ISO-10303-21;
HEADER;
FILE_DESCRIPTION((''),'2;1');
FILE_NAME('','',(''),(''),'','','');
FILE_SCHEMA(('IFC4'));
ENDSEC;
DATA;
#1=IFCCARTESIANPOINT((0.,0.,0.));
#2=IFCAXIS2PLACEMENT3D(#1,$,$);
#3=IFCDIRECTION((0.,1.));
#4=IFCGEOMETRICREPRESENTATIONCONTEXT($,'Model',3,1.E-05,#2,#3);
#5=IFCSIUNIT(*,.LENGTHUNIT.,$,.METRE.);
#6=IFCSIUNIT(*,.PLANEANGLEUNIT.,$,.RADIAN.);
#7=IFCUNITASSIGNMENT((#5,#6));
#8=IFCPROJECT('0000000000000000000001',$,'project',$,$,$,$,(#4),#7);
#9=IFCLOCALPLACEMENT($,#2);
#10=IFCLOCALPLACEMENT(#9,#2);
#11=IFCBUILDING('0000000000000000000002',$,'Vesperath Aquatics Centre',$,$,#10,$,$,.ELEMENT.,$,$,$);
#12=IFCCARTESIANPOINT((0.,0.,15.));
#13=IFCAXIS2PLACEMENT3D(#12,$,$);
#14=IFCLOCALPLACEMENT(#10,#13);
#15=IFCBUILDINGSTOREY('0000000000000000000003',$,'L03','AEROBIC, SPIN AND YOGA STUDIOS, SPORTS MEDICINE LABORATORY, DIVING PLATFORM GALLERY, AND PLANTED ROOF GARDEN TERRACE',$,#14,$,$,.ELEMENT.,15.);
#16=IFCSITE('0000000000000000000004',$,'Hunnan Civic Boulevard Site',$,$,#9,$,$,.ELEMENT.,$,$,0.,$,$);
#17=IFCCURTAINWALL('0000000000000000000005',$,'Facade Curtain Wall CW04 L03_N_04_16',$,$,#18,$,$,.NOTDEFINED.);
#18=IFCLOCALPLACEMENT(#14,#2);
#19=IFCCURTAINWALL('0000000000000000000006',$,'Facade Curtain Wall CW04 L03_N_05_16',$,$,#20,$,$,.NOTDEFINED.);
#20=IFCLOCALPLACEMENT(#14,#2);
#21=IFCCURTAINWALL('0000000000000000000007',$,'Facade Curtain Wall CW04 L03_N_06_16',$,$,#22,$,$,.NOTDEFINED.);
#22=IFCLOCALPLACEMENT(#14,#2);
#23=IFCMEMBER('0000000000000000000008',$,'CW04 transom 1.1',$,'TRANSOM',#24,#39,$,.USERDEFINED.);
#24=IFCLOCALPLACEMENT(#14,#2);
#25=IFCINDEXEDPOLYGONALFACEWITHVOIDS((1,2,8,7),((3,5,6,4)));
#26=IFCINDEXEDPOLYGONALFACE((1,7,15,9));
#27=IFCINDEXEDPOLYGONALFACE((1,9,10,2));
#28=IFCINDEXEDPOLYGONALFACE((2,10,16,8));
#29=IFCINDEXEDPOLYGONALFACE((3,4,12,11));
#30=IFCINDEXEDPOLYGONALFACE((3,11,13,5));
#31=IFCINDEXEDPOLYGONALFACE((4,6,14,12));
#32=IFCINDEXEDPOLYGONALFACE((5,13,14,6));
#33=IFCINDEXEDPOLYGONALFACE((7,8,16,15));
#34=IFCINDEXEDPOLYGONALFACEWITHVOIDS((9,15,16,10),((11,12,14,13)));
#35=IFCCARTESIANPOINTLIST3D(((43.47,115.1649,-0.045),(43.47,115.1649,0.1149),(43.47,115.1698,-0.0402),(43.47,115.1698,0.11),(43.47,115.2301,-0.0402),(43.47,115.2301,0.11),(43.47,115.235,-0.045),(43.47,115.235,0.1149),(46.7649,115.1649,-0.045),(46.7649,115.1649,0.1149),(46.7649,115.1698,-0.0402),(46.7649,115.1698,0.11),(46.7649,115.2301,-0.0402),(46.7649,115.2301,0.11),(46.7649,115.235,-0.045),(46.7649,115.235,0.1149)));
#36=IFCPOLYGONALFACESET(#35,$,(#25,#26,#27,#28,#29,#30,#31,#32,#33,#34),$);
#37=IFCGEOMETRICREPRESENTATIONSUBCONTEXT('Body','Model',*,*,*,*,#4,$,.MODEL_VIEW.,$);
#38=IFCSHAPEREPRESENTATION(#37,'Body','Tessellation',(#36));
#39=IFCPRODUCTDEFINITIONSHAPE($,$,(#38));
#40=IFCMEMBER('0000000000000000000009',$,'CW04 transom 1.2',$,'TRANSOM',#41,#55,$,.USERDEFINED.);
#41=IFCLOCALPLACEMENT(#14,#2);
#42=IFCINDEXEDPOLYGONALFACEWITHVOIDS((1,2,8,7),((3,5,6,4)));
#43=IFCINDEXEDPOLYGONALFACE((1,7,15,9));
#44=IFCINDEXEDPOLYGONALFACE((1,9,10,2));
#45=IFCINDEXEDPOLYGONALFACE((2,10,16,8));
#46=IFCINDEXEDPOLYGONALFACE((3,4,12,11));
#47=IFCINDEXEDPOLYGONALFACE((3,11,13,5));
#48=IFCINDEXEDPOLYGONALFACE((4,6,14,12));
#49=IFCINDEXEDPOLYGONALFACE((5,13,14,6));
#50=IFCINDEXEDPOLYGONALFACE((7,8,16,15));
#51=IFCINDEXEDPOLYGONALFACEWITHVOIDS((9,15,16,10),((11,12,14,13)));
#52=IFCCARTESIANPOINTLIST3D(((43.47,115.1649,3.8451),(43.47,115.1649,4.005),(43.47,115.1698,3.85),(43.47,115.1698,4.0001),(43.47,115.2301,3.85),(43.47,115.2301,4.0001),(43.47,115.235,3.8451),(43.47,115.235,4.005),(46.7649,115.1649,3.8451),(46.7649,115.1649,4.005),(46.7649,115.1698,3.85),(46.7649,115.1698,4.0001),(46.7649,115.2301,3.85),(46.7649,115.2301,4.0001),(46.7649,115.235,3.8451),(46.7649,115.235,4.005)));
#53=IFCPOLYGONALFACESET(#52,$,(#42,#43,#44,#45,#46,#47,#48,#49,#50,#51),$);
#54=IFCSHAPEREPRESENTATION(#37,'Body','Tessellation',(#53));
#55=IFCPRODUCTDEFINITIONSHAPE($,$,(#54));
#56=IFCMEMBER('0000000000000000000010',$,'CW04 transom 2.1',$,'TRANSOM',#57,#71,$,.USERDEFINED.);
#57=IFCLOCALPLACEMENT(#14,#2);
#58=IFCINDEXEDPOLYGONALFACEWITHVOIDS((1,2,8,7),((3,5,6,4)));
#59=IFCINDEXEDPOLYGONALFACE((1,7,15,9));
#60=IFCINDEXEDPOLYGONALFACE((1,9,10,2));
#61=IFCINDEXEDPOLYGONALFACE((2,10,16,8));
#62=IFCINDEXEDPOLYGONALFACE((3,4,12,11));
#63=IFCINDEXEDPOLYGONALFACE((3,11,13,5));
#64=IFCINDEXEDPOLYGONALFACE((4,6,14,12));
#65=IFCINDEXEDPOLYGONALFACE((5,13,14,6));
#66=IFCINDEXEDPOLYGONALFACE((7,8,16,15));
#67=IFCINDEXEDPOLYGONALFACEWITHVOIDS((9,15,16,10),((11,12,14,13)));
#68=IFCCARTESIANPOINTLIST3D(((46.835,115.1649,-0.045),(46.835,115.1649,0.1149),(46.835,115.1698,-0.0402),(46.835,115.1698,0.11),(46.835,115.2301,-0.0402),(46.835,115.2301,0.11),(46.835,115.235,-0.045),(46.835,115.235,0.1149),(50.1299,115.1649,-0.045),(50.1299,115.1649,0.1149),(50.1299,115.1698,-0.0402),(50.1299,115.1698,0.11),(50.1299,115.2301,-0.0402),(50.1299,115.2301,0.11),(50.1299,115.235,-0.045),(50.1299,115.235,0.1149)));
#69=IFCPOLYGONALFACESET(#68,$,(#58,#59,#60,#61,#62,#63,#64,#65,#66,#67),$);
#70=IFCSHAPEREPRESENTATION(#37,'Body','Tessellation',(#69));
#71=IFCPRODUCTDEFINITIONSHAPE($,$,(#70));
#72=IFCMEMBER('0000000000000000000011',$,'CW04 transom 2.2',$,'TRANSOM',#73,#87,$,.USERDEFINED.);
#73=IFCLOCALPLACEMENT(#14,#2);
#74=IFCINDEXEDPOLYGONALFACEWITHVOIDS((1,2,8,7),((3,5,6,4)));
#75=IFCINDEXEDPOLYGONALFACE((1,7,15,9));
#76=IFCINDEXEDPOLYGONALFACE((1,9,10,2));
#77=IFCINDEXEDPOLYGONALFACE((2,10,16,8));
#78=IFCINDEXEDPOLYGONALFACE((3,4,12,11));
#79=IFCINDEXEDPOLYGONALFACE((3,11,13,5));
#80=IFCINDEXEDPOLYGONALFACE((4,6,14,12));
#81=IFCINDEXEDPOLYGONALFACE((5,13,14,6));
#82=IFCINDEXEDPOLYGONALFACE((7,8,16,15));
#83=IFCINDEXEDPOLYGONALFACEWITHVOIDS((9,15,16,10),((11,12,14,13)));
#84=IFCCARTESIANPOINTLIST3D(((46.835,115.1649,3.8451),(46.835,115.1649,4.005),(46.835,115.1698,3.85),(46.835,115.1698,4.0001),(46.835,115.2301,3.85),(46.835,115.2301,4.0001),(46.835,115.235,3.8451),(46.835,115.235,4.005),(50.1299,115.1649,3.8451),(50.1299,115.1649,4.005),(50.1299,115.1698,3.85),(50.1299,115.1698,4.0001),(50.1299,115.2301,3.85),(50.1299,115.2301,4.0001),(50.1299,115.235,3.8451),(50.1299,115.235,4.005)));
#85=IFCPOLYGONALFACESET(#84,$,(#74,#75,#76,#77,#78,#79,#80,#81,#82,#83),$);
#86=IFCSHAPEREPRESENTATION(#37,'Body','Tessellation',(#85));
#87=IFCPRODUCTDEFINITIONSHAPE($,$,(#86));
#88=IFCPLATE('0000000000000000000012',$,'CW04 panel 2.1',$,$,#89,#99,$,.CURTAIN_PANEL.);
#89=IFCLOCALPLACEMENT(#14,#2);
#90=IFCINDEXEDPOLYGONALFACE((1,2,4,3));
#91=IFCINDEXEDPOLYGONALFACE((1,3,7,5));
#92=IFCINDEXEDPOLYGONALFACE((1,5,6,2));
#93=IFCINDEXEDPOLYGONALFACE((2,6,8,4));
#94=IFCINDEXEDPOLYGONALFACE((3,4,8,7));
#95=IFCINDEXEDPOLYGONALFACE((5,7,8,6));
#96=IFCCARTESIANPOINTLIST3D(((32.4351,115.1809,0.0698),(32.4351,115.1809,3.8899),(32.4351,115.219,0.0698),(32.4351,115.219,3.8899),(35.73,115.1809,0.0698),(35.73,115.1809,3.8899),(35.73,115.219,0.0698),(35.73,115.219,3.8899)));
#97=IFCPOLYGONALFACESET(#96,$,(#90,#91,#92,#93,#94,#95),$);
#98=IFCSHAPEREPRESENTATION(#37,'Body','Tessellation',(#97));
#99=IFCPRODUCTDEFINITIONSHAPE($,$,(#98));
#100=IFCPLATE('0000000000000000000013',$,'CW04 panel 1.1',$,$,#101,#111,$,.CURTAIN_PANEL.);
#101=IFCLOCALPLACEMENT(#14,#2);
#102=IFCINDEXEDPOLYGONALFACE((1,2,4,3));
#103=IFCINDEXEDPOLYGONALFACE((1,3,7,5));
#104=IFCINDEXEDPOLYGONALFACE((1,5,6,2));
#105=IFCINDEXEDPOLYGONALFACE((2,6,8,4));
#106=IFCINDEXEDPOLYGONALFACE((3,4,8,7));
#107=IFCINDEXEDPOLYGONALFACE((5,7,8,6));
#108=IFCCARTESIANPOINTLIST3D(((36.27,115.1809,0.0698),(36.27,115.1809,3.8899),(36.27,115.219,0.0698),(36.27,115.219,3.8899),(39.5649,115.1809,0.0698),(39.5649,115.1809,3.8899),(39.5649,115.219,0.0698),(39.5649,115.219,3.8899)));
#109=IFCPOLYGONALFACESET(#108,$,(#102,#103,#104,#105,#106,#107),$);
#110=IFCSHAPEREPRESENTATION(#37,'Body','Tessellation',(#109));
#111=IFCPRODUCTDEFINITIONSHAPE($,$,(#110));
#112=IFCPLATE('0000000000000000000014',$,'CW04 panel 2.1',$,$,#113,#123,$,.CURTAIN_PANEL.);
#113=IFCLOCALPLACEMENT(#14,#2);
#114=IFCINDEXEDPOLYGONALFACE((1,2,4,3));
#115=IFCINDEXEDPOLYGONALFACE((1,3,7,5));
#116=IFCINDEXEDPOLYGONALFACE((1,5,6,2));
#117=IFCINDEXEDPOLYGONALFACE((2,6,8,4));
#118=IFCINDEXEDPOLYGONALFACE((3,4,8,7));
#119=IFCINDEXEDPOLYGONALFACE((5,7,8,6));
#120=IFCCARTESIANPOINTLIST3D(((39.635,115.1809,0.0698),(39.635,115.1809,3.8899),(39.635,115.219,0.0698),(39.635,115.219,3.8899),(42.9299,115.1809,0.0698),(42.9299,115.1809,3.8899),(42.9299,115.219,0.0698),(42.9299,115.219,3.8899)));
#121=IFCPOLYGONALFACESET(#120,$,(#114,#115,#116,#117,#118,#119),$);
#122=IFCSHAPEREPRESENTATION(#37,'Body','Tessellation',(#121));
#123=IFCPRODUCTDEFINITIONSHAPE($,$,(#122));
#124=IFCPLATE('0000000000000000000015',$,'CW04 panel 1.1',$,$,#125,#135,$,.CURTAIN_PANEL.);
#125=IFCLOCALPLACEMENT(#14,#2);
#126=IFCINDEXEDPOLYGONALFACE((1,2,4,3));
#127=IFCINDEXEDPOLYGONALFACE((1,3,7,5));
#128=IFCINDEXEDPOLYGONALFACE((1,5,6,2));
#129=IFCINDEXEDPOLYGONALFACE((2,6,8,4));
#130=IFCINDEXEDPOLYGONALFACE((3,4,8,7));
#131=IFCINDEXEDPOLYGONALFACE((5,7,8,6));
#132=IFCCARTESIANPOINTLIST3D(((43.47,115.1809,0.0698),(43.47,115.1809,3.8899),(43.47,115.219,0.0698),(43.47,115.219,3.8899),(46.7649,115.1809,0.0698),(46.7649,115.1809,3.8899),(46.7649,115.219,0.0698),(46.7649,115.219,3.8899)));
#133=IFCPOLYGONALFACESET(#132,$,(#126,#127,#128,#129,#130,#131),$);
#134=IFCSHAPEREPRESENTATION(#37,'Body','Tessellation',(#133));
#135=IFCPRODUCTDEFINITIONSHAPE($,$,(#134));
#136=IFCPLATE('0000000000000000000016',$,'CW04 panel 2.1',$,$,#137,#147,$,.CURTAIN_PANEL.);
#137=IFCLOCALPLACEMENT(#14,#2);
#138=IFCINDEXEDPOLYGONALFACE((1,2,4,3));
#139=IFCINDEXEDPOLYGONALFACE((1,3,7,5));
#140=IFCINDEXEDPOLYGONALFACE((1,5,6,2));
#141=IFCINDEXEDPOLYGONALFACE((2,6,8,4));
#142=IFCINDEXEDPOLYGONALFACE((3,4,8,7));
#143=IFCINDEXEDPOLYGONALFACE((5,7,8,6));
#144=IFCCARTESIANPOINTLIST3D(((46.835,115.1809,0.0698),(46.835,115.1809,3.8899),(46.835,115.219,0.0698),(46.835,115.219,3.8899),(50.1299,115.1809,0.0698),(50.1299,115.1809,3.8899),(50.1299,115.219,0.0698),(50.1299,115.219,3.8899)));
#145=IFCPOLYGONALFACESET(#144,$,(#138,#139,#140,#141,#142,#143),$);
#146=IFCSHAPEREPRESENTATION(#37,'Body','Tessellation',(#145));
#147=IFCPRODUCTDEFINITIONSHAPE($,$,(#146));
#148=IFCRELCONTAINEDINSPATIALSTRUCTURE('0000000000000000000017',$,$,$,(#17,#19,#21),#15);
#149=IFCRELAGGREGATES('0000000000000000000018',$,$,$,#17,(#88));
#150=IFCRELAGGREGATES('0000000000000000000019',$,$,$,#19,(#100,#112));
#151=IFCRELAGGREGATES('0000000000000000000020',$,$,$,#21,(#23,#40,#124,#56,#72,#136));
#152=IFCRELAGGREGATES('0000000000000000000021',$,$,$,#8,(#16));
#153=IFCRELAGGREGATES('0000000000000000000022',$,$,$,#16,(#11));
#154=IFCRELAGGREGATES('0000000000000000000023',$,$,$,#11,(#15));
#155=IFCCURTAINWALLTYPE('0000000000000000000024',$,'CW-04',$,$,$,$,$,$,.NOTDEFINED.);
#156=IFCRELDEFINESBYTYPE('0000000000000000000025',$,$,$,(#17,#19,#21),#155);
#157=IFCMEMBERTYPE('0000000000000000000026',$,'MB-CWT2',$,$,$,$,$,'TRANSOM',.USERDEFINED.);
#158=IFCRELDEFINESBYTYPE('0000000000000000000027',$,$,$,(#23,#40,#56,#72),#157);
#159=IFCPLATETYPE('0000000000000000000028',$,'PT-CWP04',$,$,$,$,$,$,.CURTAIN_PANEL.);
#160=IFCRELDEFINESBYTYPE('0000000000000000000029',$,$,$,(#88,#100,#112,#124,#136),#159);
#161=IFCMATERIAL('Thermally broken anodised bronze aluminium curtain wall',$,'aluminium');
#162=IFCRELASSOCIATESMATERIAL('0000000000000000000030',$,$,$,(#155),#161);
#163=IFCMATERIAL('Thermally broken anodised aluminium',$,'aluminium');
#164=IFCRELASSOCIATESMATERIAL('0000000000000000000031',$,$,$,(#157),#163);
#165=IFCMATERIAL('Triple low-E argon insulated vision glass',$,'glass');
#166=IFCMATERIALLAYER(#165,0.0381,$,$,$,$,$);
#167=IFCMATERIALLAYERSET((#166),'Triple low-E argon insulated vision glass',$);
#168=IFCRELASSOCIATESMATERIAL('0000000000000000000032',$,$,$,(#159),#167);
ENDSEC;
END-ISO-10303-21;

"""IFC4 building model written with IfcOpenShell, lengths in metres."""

from ifc_helpers import new_model, si_unit, direction, frame, origin, origin_2d, place, context, subcontext, project, spatial, rectangle, hollow_rectangle, extrude, material, layer, layer_set, material_profile, profile_set, type_object, element, aggregate, save


model = new_model("IFC4")

# Units and contexts
model_context = context("Model", 3, precision=1e-05, world=origin(), true_north=direction((0.0, 1.0)))
body_context = subcontext(model_context, "Body", "Model", "MODEL_VIEW")
ifc_project = project(units=[si_unit("LENGTHUNIT", "METRE"), si_unit("PLANEANGLEUNIT", "RADIAN")], contexts=[model_context])

# Site, building, storey
site_placement = place(None, origin())
site = spatial("IfcSite", under=ifc_project, at=site_placement, Name="Hunnan Civic Boulevard Site", CompositionType="ELEMENT", RefElevation=0.0)
building_placement = place(site_placement, origin())
building = spatial("IfcBuilding", under=site, at=building_placement, Name="Vesperath Aquatics Centre", CompositionType="ELEMENT")
storey_placement = place(building_placement, frame((0.0, 0.0, 15.0)))
storey = spatial("IfcBuildingStorey", under=building, at=storey_placement, Name="L03", Description="AEROBIC, SPIN AND YOGA STUDIOS, SPORTS MEDICINE LABORATORY, DIVING PLATFORM GALLERY, AND PLANTED ROOF GARDEN TERRACE", CompositionType="ELEMENT", Elevation=15.0)

# Curtain wall
ifc_material_1 = material(Name="Thermally broken anodised bronze aluminium curtain wall", Category="aluminium")
curtain_wall_type = type_object("IfcCurtainWallType", Name="CW-04", PredefinedType="NOTDEFINED", material=ifc_material_1)
curtain_wall_1_placement = place(storey_placement, origin())
curtain_wall_1 = element("IfcCurtainWall", 1, at=curtain_wall_1_placement, inside=storey, type_object=curtain_wall_type, Name="Facade Curtain Wall CW04 L03_N_04_16", PredefinedType="NOTDEFINED")
ifc_material_2 = material(Name="Thermally broken anodised aluminium", Category="aluminium")

# Curtain walls
curtain_wall_2_placement = place(storey_placement, origin())
curtain_wall_2 = element("IfcCurtainWall", 2, at=curtain_wall_2_placement, inside=storey, type_object=curtain_wall_type, Name="Facade Curtain Wall CW04 L03_N_05_16", PredefinedType="NOTDEFINED")
curtain_wall_3_placement = place(storey_placement, origin())
curtain_wall_3 = element("IfcCurtainWall", 3, at=curtain_wall_3_placement, inside=storey, type_object=curtain_wall_type, Name="Facade Curtain Wall CW04 L03_N_06_16", PredefinedType="NOTDEFINED")

# Members
ifc_material_profile_1 = material_profile(ifc_material_2, hollow_rectangle(XDim=0.0701, YDim=0.1599, WallThickness=0.0049, at=origin_2d()), Name="CWT 70x160x5")
ifc_profile_set_1 = profile_set([ifc_material_profile_1], Name="Thermally broken anodised aluminium")
member_type_1 = type_object("IfcMemberType", Name="MB-CWT2", ElementType="TRANSOM", PredefinedType="USERDEFINED", material=ifc_profile_set_1)
member_1_placement = place(storey_placement, frame((43.47, 115.2, 0.0349), z_axis=(1.0, 0.0, 0.0), x_axis=(0.0, 1.0, 0.0)))
member_1 = element("IfcMember", 4, at=member_1_placement, type_object=member_type_1, Name="CW04 transom 1.1", ObjectType="TRANSOM", PredefinedType="USERDEFINED", context=body_context, shape_type="SweptSolid", body=[
    extrude(hollow_rectangle(XDim=0.0701, YDim=0.1599, WallThickness=0.0049, at=origin_2d()), origin(), (0.0, 0.0, 1.0), 3.2949),
])
member_2_placement = place(storey_placement, frame((43.47, 115.2, 3.925), z_axis=(1.0, 0.0, 0.0), x_axis=(0.0, 1.0, 0.0)))
member_2 = element("IfcMember", 5, at=member_2_placement, type_object=member_type_1, Name="CW04 transom 1.2", ObjectType="TRANSOM", PredefinedType="USERDEFINED", context=body_context, shape_type="SweptSolid", body=[
    extrude(hollow_rectangle(XDim=0.0701, YDim=0.1599, WallThickness=0.0049, at=origin_2d()), origin(), (0.0, 0.0, 1.0), 3.2949),
])
member_3_placement = place(storey_placement, frame((46.835, 115.2, 0.0349), z_axis=(1.0, 0.0, 0.0), x_axis=(0.0, 1.0, 0.0)))
member_3 = element("IfcMember", 6, at=member_3_placement, type_object=member_type_1, Name="CW04 transom 2.1", ObjectType="TRANSOM", PredefinedType="USERDEFINED", context=body_context, shape_type="SweptSolid", body=[
    extrude(hollow_rectangle(XDim=0.0701, YDim=0.1599, WallThickness=0.0049, at=origin_2d()), origin(), (0.0, 0.0, 1.0), 3.2949),
])
member_4_placement = place(storey_placement, frame((46.835, 115.2, 3.925), z_axis=(1.0, 0.0, 0.0), x_axis=(0.0, 1.0, 0.0)))
member_4 = element("IfcMember", 7, at=member_4_placement, type_object=member_type_1, Name="CW04 transom 2.2", ObjectType="TRANSOM", PredefinedType="USERDEFINED", context=body_context, shape_type="SweptSolid", body=[
    extrude(hollow_rectangle(XDim=0.0701, YDim=0.1599, WallThickness=0.0049, at=origin_2d()), origin(), (0.0, 0.0, 1.0), 3.2949),
])

# Plates
ifc_material_3 = material(Name="Triple low-E argon insulated vision glass", Category="glass")
ifc_layer = layer(ifc_material_3, 0.0381)
ifc_layer_set = layer_set([ifc_layer], Name="Triple low-E argon insulated vision glass")
plate_type = type_object("IfcPlateType", Name="PT-CWP04", PredefinedType="CURTAIN_PANEL", material=ifc_layer_set)
plate_1_placement = place(storey_placement, frame((34.0825, 115.2, 0.0698), z_axis=(0.0, 0.0, 1.0), x_axis=(1.0, 0.0, 0.0)))
plate_1 = element("IfcPlate", 8, at=plate_1_placement, type_object=plate_type, Name="CW04 panel 2.1", PredefinedType="CURTAIN_PANEL", context=body_context, shape_type="SweptSolid", body=[
    extrude(rectangle(XDim=3.2949, YDim=0.0381, at=origin_2d()), origin(), (0.0, 0.0, 1.0), 3.8201),
])
aggregate(curtain_wall_1, [plate_1])
plate_2_placement = place(storey_placement, frame((37.9175, 115.2, 0.0698), z_axis=(0.0, 0.0, 1.0), x_axis=(1.0, 0.0, 0.0)))
plate_2 = element("IfcPlate", 9, at=plate_2_placement, type_object=plate_type, Name="CW04 panel 1.1", PredefinedType="CURTAIN_PANEL", context=body_context, shape_type="SweptSolid", body=[
    extrude(rectangle(XDim=3.2949, YDim=0.0381, at=origin_2d()), origin(), (0.0, 0.0, 1.0), 3.8201),
])
plate_3_placement = place(storey_placement, frame((41.2825, 115.2, 0.0698), z_axis=(0.0, 0.0, 1.0), x_axis=(1.0, 0.0, 0.0)))
plate_3 = element("IfcPlate", 10, at=plate_3_placement, type_object=plate_type, Name="CW04 panel 2.1", PredefinedType="CURTAIN_PANEL", context=body_context, shape_type="SweptSolid", body=[
    extrude(rectangle(XDim=3.2949, YDim=0.0381, at=origin_2d()), origin(), (0.0, 0.0, 1.0), 3.8201),
])
aggregate(curtain_wall_2, [plate_2, plate_3])
plate_4_placement = place(storey_placement, frame((45.1174, 115.2, 0.0698), z_axis=(0.0, 0.0, 1.0), x_axis=(1.0, 0.0, 0.0)))
plate_4 = element("IfcPlate", 11, at=plate_4_placement, type_object=plate_type, Name="CW04 panel 1.1", PredefinedType="CURTAIN_PANEL", context=body_context, shape_type="SweptSolid", body=[
    extrude(rectangle(XDim=3.2949, YDim=0.0381, at=origin_2d()), origin(), (0.0, 0.0, 1.0), 3.8201),
])
plate_5_placement = place(storey_placement, frame((48.4824, 115.2, 0.0698), z_axis=(0.0, 0.0, 1.0), x_axis=(1.0, 0.0, 0.0)))
plate_5 = element("IfcPlate", 12, at=plate_5_placement, type_object=plate_type, Name="CW04 panel 2.1", PredefinedType="CURTAIN_PANEL", context=body_context, shape_type="SweptSolid", body=[
    extrude(rectangle(XDim=3.2949, YDim=0.0381, at=origin_2d()), origin(), (0.0, 0.0, 1.0), 3.8201),
])
aggregate(curtain_wall_3, [member_1, member_2, plate_4, member_3, member_4, plate_5])

save(model, "model.ifc")
